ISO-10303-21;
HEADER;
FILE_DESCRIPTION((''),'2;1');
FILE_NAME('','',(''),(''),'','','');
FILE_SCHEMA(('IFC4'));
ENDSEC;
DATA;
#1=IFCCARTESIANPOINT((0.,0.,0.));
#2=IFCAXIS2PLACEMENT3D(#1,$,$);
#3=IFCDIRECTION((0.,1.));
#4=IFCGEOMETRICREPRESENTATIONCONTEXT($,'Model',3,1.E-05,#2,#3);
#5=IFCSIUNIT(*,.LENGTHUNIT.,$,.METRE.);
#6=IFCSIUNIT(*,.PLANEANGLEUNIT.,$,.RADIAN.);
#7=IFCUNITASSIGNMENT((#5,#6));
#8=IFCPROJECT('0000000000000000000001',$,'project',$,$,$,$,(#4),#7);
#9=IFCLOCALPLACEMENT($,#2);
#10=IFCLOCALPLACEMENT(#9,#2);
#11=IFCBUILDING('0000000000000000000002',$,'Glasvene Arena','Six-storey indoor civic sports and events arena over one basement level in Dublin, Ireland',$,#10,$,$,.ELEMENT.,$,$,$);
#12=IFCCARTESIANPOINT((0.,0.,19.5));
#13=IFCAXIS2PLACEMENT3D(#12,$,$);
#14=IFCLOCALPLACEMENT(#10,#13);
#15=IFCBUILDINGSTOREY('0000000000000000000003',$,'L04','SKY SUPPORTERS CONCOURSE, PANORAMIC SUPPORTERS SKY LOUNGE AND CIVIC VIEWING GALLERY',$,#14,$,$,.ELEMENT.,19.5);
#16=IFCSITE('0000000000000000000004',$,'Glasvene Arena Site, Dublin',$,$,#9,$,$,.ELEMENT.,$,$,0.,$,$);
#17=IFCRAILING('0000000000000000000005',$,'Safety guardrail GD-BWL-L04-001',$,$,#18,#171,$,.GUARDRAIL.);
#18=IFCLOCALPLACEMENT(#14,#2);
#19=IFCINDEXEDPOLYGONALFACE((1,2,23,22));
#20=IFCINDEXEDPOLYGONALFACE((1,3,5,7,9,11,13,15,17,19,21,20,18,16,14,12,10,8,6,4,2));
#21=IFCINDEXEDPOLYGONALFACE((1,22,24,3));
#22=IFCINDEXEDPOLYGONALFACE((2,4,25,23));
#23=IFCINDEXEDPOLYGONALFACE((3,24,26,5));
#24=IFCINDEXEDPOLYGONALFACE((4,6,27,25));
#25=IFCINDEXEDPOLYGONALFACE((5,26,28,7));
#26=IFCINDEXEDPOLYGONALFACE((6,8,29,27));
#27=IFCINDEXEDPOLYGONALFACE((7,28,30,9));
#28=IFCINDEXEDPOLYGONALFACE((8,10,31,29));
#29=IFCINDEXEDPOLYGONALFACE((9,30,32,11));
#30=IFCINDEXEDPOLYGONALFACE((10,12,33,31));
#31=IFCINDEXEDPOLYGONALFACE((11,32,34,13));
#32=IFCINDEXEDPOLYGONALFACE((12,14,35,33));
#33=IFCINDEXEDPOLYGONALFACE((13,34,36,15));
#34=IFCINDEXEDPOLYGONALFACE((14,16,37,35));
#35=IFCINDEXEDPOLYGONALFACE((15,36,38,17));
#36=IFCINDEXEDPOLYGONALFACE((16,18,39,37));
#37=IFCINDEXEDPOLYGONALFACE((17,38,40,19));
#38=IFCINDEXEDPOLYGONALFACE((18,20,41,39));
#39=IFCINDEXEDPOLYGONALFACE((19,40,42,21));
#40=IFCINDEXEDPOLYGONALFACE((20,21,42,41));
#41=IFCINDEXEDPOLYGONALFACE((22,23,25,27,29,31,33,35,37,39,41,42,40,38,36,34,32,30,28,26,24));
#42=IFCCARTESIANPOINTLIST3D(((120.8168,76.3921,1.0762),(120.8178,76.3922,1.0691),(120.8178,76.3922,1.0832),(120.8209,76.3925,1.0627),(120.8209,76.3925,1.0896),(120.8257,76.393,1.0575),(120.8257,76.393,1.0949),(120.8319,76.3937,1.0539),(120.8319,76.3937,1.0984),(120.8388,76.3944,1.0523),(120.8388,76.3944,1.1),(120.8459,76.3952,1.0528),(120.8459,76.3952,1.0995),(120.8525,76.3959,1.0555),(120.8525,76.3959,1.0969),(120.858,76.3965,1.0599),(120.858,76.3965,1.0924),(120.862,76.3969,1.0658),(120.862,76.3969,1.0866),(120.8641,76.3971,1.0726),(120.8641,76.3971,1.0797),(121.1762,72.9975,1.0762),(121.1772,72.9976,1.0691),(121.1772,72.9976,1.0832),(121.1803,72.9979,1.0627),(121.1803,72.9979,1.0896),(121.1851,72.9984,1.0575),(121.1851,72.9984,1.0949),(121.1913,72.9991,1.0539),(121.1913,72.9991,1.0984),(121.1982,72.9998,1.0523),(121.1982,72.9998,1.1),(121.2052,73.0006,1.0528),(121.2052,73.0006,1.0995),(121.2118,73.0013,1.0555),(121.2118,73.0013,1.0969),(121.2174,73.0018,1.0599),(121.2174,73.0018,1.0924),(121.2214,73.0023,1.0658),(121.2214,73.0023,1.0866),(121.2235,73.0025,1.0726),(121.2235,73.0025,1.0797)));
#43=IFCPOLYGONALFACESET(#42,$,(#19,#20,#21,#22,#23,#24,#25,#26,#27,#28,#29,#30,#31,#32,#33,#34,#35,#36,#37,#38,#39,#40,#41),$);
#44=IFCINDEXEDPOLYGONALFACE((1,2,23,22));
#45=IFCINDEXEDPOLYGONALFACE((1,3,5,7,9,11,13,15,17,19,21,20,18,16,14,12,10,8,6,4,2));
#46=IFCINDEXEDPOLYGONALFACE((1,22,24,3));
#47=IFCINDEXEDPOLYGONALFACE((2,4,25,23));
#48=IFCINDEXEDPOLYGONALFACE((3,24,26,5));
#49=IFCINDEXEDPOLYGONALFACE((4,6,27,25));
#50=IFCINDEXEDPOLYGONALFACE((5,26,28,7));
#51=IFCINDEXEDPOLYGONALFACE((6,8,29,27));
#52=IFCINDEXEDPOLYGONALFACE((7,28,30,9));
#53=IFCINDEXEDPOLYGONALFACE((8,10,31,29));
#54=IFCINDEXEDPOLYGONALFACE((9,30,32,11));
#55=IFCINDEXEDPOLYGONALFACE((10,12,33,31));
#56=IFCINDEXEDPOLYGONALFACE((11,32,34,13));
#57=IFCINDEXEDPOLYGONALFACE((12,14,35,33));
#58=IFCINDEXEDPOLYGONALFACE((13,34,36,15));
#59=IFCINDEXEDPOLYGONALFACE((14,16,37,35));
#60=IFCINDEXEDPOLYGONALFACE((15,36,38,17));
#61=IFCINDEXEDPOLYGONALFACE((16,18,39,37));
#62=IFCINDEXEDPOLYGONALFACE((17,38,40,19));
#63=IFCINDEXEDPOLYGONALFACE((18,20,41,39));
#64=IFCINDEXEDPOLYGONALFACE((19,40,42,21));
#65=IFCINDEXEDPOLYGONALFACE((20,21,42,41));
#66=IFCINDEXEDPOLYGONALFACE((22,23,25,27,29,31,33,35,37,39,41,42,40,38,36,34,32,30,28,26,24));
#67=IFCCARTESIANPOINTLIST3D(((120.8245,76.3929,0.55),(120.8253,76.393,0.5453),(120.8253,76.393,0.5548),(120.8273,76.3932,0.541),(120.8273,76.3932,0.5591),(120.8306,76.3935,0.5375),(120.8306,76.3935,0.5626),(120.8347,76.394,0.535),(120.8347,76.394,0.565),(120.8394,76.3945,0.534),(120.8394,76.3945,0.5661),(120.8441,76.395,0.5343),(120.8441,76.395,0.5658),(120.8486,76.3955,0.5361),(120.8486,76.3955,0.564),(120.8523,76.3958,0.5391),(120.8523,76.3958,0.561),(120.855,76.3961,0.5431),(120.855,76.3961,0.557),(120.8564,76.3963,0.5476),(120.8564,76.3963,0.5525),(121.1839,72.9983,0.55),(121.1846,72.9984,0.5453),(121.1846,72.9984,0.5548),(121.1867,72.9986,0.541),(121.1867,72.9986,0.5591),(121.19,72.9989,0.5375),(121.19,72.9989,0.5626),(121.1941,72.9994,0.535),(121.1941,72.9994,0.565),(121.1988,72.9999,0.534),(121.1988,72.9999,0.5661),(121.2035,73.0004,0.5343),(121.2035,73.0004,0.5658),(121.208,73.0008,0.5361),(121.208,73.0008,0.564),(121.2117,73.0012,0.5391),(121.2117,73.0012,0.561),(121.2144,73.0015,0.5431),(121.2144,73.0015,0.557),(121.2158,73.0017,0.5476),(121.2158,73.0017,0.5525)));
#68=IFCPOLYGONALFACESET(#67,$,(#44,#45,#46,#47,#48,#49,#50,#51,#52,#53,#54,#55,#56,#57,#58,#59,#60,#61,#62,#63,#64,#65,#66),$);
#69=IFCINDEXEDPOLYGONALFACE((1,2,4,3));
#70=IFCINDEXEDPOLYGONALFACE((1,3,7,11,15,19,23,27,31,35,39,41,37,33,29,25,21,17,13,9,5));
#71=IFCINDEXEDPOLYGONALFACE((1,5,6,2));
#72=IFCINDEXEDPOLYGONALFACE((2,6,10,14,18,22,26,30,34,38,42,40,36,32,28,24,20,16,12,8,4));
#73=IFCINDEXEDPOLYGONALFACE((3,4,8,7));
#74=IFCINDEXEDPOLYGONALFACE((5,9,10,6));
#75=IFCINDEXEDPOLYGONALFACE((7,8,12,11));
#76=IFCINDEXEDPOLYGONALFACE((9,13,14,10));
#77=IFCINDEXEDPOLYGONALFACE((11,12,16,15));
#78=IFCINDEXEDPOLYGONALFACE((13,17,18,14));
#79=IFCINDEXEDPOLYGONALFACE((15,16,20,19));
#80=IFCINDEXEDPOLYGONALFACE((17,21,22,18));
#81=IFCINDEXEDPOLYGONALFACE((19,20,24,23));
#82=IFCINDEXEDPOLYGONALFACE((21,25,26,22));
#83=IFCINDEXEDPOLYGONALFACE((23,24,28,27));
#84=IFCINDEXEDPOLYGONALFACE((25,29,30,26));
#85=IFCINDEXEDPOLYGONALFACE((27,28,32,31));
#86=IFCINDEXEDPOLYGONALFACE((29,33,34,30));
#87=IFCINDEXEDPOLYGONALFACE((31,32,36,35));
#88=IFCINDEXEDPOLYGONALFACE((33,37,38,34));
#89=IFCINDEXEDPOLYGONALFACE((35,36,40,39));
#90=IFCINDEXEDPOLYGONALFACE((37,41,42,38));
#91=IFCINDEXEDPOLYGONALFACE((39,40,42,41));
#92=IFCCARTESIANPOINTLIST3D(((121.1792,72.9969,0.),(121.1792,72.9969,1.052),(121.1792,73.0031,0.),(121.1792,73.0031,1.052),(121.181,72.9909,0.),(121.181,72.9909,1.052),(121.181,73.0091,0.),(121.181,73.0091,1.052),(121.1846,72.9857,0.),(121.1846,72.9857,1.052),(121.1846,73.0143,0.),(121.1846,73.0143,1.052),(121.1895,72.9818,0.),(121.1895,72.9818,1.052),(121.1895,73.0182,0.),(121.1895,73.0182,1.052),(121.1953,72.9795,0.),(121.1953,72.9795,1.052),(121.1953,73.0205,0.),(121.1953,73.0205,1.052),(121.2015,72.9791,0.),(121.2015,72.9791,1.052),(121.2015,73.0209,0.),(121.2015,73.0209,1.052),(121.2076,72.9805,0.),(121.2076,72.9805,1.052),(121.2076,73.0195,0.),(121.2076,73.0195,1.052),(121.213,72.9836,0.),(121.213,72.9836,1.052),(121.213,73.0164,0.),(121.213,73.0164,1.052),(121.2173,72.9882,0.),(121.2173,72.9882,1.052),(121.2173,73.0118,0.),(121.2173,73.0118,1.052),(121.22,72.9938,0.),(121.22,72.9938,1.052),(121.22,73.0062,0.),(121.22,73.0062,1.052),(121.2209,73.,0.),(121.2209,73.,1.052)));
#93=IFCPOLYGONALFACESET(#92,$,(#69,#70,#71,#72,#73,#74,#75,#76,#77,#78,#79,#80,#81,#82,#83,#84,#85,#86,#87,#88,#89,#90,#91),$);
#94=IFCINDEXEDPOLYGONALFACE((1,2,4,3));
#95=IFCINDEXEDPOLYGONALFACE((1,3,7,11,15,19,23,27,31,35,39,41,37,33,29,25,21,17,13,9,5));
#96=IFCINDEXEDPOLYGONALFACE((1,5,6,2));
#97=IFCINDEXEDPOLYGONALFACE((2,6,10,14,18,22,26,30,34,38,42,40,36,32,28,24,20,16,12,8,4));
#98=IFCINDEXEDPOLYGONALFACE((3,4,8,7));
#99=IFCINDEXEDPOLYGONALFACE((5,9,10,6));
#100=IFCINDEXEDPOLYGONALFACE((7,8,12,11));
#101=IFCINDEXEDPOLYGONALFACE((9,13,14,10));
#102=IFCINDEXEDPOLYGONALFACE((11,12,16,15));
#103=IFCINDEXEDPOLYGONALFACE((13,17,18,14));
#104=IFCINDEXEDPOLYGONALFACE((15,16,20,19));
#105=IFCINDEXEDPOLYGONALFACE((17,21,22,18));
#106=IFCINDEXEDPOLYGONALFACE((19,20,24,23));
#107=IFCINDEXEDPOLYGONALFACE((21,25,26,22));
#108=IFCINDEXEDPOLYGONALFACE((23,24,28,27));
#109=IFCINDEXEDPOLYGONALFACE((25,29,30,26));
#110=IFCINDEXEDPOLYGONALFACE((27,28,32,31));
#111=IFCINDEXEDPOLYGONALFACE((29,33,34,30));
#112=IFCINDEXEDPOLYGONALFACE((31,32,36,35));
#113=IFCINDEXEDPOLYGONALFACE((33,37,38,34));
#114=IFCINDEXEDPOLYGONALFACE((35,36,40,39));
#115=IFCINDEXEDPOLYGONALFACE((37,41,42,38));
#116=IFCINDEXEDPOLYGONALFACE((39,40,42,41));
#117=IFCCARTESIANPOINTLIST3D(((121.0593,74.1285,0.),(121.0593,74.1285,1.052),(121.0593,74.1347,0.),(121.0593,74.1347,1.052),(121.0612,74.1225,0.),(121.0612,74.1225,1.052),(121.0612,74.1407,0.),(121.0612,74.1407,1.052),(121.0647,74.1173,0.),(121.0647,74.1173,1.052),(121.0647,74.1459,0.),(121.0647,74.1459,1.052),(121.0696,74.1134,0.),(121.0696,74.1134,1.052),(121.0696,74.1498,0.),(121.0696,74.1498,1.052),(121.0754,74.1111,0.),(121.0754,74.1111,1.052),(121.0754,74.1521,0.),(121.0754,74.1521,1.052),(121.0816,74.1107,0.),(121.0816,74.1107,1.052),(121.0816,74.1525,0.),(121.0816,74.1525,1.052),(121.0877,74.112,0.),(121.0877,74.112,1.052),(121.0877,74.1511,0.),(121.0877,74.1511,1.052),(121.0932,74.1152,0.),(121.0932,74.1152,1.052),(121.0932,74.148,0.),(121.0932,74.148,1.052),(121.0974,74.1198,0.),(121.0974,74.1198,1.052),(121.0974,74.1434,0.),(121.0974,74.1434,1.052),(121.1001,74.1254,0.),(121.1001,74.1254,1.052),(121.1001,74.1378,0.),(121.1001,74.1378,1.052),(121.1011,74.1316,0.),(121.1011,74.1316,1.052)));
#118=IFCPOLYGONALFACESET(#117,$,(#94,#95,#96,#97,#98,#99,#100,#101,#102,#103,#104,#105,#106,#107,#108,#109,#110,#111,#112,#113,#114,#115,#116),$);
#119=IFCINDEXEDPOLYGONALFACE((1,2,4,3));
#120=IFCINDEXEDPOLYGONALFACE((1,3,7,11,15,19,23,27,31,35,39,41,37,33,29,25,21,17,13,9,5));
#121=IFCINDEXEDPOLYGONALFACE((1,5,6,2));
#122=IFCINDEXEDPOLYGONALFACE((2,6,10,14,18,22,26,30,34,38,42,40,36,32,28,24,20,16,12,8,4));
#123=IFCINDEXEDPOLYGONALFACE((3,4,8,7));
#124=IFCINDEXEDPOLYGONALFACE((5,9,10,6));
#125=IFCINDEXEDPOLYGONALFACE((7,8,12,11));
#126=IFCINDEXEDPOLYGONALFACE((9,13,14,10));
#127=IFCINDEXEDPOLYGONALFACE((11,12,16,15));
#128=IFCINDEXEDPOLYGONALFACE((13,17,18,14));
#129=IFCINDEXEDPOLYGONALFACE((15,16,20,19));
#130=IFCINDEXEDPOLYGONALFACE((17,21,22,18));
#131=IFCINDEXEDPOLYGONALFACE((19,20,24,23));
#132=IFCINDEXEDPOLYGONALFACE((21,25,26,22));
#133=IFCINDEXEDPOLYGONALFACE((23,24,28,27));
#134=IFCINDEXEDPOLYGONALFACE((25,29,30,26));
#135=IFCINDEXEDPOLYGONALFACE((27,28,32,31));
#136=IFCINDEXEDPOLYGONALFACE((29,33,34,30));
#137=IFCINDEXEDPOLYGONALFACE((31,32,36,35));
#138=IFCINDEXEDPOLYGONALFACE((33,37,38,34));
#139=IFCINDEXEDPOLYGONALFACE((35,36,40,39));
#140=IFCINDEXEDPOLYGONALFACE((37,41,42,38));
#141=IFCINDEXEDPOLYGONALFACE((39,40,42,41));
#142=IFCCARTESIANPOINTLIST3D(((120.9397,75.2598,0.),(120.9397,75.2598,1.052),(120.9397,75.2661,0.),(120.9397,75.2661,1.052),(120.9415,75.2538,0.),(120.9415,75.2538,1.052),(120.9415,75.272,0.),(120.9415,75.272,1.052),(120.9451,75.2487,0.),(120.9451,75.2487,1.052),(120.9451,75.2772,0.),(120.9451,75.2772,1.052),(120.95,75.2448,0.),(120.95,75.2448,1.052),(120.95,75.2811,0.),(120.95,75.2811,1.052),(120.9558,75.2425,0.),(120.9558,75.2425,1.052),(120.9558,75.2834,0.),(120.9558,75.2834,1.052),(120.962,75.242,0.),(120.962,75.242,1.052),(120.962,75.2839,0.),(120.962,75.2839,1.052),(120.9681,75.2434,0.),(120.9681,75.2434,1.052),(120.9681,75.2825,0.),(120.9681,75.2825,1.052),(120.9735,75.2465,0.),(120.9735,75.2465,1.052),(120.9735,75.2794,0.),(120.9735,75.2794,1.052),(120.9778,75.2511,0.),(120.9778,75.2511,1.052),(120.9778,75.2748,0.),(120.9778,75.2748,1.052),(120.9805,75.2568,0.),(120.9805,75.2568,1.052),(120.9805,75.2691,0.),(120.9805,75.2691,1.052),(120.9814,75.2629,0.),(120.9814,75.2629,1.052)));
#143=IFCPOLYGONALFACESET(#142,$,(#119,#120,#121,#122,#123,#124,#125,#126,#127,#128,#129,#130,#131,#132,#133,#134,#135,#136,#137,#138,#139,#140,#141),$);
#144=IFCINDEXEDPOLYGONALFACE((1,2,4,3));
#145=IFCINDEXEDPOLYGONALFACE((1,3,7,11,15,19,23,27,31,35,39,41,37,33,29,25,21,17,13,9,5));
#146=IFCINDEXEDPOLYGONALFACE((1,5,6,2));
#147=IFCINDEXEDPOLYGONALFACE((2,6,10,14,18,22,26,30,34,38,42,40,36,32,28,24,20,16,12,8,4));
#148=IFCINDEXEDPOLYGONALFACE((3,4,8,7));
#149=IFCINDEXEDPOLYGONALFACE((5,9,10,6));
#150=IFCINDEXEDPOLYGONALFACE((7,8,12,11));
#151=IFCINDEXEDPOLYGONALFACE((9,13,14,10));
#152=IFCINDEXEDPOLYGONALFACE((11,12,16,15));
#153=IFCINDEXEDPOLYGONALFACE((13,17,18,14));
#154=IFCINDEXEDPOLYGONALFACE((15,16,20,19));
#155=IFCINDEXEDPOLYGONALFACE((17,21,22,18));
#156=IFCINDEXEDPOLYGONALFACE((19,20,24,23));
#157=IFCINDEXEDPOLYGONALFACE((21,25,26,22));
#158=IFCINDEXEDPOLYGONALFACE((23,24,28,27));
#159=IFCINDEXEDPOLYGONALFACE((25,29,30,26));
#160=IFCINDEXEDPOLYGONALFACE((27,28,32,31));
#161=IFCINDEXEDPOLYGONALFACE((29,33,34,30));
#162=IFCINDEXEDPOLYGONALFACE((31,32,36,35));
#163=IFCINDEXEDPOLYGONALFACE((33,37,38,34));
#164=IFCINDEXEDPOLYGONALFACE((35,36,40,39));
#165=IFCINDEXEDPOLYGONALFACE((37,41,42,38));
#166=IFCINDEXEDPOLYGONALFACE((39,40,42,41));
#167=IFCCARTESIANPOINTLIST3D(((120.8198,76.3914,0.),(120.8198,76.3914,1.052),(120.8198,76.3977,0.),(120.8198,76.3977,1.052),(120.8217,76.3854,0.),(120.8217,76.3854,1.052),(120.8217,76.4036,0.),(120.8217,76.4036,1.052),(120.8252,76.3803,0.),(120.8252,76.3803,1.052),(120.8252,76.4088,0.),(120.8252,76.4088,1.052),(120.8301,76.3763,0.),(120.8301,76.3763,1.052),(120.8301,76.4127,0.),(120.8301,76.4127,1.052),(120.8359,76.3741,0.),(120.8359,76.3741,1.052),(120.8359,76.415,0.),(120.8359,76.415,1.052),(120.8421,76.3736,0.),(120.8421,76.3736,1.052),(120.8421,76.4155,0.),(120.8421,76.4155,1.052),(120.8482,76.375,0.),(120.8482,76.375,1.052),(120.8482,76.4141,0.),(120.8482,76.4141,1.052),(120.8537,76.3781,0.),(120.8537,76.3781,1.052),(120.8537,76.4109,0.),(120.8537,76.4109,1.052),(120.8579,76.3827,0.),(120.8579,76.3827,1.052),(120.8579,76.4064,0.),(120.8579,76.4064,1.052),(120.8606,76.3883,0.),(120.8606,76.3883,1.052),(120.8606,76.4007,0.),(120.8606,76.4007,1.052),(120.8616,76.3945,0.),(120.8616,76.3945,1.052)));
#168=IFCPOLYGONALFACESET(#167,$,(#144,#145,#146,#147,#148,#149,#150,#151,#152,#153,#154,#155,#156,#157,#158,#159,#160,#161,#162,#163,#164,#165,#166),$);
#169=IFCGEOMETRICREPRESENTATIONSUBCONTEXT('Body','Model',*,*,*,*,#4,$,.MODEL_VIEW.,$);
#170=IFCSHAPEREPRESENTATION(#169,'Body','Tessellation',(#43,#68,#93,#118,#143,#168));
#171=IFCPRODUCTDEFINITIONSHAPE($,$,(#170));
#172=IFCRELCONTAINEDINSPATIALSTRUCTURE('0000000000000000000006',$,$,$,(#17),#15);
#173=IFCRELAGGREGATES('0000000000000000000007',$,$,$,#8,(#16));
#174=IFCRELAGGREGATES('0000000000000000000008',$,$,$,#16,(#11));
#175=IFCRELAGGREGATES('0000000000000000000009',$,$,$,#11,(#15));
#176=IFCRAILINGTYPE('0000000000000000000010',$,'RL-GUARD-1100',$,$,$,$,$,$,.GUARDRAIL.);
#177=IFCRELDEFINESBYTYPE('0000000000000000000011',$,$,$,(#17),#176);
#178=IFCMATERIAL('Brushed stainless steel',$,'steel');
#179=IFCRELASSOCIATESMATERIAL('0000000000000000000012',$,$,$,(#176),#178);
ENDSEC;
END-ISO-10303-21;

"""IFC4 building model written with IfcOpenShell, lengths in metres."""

from ifc_helpers import new_model, si_unit, direction, frame, origin, origin_2d, place, context, subcontext, project, spatial, circle, extrude, material, type_object, element, save


model = new_model("IFC4")

# Units and contexts
model_context = context("Model", 3, precision=1e-05, world=origin(), true_north=direction((0.0, 1.0)))
body_context = subcontext(model_context, "Body", "Model", "MODEL_VIEW")
ifc_project = project(units=[si_unit("LENGTHUNIT", "METRE"), si_unit("PLANEANGLEUNIT", "RADIAN")], contexts=[model_context])

# Site, building, storey
site_placement = place(None, origin())
site = spatial("IfcSite", under=ifc_project, at=site_placement, Name="Glasvene Arena Site, Dublin", CompositionType="ELEMENT", RefElevation=0.0)
building_placement = place(site_placement, origin())
building = spatial("IfcBuilding", under=site, at=building_placement, Name="Glasvene Arena", Description="Six-storey indoor civic sports and events arena over one basement level in Dublin, Ireland", CompositionType="ELEMENT")
storey_placement = place(building_placement, frame((0.0, 0.0, 19.5)))
storey = spatial("IfcBuildingStorey", under=building, at=storey_placement, Name="L04", Description="SKY SUPPORTERS CONCOURSE, PANORAMIC SUPPORTERS SKY LOUNGE AND CIVIC VIEWING GALLERY", CompositionType="ELEMENT", Elevation=19.5)

# Railing
ifc_material = material(Name="Brushed stainless steel", Category="steel")
railing_type = type_object("IfcRailingType", Name="RL-GUARD-1100", PredefinedType="GUARDRAIL", material=ifc_material)
railing_1_placement = place(storey_placement, frame((121.2, 73.0, 0.0)))
element("IfcRailing", 1, at=railing_1_placement, inside=storey, type_object=railing_type, Name="Safety guardrail GD-BWL-L04-001", PredefinedType="GUARDRAIL", context=body_context, shape_type="SweptSolid", body=[
    extrude(circle(Radius=0.0239, at=origin_2d()), frame((0.0, 0.0, 1.0762), z_axis=(-0.10528, 0.994443, 0.0), x_axis=(-0.994443, -0.10528, 0.0)), (0.0, 0.0, 1.0), 3.4136),
    extrude(circle(Radius=0.0161, at=origin_2d()), frame((0.0, 0.0, 0.55), z_axis=(-0.10528, 0.994443, 0.0), x_axis=(-0.994443, -0.10528, 0.0)), (0.0, 0.0, 1.0), 3.4136),
    extrude(circle(Radius=0.021, at=origin_2d()), origin(), (0.0, 0.0, 1.0), 1.052),
    extrude(circle(Radius=0.021, at=origin_2d()), frame((-0.1199, 1.1316, 0.0)), (0.0, 0.0, 1.0), 1.052),
    extrude(circle(Radius=0.021, at=origin_2d()), frame((-0.2395, 2.2629, 0.0)), (0.0, 0.0, 1.0), 1.052),
    extrude(circle(Radius=0.021, at=origin_2d()), frame((-0.3594, 3.3945, 0.0)), (0.0, 0.0, 1.0), 1.052),
])

save(model, "model.ifc")
